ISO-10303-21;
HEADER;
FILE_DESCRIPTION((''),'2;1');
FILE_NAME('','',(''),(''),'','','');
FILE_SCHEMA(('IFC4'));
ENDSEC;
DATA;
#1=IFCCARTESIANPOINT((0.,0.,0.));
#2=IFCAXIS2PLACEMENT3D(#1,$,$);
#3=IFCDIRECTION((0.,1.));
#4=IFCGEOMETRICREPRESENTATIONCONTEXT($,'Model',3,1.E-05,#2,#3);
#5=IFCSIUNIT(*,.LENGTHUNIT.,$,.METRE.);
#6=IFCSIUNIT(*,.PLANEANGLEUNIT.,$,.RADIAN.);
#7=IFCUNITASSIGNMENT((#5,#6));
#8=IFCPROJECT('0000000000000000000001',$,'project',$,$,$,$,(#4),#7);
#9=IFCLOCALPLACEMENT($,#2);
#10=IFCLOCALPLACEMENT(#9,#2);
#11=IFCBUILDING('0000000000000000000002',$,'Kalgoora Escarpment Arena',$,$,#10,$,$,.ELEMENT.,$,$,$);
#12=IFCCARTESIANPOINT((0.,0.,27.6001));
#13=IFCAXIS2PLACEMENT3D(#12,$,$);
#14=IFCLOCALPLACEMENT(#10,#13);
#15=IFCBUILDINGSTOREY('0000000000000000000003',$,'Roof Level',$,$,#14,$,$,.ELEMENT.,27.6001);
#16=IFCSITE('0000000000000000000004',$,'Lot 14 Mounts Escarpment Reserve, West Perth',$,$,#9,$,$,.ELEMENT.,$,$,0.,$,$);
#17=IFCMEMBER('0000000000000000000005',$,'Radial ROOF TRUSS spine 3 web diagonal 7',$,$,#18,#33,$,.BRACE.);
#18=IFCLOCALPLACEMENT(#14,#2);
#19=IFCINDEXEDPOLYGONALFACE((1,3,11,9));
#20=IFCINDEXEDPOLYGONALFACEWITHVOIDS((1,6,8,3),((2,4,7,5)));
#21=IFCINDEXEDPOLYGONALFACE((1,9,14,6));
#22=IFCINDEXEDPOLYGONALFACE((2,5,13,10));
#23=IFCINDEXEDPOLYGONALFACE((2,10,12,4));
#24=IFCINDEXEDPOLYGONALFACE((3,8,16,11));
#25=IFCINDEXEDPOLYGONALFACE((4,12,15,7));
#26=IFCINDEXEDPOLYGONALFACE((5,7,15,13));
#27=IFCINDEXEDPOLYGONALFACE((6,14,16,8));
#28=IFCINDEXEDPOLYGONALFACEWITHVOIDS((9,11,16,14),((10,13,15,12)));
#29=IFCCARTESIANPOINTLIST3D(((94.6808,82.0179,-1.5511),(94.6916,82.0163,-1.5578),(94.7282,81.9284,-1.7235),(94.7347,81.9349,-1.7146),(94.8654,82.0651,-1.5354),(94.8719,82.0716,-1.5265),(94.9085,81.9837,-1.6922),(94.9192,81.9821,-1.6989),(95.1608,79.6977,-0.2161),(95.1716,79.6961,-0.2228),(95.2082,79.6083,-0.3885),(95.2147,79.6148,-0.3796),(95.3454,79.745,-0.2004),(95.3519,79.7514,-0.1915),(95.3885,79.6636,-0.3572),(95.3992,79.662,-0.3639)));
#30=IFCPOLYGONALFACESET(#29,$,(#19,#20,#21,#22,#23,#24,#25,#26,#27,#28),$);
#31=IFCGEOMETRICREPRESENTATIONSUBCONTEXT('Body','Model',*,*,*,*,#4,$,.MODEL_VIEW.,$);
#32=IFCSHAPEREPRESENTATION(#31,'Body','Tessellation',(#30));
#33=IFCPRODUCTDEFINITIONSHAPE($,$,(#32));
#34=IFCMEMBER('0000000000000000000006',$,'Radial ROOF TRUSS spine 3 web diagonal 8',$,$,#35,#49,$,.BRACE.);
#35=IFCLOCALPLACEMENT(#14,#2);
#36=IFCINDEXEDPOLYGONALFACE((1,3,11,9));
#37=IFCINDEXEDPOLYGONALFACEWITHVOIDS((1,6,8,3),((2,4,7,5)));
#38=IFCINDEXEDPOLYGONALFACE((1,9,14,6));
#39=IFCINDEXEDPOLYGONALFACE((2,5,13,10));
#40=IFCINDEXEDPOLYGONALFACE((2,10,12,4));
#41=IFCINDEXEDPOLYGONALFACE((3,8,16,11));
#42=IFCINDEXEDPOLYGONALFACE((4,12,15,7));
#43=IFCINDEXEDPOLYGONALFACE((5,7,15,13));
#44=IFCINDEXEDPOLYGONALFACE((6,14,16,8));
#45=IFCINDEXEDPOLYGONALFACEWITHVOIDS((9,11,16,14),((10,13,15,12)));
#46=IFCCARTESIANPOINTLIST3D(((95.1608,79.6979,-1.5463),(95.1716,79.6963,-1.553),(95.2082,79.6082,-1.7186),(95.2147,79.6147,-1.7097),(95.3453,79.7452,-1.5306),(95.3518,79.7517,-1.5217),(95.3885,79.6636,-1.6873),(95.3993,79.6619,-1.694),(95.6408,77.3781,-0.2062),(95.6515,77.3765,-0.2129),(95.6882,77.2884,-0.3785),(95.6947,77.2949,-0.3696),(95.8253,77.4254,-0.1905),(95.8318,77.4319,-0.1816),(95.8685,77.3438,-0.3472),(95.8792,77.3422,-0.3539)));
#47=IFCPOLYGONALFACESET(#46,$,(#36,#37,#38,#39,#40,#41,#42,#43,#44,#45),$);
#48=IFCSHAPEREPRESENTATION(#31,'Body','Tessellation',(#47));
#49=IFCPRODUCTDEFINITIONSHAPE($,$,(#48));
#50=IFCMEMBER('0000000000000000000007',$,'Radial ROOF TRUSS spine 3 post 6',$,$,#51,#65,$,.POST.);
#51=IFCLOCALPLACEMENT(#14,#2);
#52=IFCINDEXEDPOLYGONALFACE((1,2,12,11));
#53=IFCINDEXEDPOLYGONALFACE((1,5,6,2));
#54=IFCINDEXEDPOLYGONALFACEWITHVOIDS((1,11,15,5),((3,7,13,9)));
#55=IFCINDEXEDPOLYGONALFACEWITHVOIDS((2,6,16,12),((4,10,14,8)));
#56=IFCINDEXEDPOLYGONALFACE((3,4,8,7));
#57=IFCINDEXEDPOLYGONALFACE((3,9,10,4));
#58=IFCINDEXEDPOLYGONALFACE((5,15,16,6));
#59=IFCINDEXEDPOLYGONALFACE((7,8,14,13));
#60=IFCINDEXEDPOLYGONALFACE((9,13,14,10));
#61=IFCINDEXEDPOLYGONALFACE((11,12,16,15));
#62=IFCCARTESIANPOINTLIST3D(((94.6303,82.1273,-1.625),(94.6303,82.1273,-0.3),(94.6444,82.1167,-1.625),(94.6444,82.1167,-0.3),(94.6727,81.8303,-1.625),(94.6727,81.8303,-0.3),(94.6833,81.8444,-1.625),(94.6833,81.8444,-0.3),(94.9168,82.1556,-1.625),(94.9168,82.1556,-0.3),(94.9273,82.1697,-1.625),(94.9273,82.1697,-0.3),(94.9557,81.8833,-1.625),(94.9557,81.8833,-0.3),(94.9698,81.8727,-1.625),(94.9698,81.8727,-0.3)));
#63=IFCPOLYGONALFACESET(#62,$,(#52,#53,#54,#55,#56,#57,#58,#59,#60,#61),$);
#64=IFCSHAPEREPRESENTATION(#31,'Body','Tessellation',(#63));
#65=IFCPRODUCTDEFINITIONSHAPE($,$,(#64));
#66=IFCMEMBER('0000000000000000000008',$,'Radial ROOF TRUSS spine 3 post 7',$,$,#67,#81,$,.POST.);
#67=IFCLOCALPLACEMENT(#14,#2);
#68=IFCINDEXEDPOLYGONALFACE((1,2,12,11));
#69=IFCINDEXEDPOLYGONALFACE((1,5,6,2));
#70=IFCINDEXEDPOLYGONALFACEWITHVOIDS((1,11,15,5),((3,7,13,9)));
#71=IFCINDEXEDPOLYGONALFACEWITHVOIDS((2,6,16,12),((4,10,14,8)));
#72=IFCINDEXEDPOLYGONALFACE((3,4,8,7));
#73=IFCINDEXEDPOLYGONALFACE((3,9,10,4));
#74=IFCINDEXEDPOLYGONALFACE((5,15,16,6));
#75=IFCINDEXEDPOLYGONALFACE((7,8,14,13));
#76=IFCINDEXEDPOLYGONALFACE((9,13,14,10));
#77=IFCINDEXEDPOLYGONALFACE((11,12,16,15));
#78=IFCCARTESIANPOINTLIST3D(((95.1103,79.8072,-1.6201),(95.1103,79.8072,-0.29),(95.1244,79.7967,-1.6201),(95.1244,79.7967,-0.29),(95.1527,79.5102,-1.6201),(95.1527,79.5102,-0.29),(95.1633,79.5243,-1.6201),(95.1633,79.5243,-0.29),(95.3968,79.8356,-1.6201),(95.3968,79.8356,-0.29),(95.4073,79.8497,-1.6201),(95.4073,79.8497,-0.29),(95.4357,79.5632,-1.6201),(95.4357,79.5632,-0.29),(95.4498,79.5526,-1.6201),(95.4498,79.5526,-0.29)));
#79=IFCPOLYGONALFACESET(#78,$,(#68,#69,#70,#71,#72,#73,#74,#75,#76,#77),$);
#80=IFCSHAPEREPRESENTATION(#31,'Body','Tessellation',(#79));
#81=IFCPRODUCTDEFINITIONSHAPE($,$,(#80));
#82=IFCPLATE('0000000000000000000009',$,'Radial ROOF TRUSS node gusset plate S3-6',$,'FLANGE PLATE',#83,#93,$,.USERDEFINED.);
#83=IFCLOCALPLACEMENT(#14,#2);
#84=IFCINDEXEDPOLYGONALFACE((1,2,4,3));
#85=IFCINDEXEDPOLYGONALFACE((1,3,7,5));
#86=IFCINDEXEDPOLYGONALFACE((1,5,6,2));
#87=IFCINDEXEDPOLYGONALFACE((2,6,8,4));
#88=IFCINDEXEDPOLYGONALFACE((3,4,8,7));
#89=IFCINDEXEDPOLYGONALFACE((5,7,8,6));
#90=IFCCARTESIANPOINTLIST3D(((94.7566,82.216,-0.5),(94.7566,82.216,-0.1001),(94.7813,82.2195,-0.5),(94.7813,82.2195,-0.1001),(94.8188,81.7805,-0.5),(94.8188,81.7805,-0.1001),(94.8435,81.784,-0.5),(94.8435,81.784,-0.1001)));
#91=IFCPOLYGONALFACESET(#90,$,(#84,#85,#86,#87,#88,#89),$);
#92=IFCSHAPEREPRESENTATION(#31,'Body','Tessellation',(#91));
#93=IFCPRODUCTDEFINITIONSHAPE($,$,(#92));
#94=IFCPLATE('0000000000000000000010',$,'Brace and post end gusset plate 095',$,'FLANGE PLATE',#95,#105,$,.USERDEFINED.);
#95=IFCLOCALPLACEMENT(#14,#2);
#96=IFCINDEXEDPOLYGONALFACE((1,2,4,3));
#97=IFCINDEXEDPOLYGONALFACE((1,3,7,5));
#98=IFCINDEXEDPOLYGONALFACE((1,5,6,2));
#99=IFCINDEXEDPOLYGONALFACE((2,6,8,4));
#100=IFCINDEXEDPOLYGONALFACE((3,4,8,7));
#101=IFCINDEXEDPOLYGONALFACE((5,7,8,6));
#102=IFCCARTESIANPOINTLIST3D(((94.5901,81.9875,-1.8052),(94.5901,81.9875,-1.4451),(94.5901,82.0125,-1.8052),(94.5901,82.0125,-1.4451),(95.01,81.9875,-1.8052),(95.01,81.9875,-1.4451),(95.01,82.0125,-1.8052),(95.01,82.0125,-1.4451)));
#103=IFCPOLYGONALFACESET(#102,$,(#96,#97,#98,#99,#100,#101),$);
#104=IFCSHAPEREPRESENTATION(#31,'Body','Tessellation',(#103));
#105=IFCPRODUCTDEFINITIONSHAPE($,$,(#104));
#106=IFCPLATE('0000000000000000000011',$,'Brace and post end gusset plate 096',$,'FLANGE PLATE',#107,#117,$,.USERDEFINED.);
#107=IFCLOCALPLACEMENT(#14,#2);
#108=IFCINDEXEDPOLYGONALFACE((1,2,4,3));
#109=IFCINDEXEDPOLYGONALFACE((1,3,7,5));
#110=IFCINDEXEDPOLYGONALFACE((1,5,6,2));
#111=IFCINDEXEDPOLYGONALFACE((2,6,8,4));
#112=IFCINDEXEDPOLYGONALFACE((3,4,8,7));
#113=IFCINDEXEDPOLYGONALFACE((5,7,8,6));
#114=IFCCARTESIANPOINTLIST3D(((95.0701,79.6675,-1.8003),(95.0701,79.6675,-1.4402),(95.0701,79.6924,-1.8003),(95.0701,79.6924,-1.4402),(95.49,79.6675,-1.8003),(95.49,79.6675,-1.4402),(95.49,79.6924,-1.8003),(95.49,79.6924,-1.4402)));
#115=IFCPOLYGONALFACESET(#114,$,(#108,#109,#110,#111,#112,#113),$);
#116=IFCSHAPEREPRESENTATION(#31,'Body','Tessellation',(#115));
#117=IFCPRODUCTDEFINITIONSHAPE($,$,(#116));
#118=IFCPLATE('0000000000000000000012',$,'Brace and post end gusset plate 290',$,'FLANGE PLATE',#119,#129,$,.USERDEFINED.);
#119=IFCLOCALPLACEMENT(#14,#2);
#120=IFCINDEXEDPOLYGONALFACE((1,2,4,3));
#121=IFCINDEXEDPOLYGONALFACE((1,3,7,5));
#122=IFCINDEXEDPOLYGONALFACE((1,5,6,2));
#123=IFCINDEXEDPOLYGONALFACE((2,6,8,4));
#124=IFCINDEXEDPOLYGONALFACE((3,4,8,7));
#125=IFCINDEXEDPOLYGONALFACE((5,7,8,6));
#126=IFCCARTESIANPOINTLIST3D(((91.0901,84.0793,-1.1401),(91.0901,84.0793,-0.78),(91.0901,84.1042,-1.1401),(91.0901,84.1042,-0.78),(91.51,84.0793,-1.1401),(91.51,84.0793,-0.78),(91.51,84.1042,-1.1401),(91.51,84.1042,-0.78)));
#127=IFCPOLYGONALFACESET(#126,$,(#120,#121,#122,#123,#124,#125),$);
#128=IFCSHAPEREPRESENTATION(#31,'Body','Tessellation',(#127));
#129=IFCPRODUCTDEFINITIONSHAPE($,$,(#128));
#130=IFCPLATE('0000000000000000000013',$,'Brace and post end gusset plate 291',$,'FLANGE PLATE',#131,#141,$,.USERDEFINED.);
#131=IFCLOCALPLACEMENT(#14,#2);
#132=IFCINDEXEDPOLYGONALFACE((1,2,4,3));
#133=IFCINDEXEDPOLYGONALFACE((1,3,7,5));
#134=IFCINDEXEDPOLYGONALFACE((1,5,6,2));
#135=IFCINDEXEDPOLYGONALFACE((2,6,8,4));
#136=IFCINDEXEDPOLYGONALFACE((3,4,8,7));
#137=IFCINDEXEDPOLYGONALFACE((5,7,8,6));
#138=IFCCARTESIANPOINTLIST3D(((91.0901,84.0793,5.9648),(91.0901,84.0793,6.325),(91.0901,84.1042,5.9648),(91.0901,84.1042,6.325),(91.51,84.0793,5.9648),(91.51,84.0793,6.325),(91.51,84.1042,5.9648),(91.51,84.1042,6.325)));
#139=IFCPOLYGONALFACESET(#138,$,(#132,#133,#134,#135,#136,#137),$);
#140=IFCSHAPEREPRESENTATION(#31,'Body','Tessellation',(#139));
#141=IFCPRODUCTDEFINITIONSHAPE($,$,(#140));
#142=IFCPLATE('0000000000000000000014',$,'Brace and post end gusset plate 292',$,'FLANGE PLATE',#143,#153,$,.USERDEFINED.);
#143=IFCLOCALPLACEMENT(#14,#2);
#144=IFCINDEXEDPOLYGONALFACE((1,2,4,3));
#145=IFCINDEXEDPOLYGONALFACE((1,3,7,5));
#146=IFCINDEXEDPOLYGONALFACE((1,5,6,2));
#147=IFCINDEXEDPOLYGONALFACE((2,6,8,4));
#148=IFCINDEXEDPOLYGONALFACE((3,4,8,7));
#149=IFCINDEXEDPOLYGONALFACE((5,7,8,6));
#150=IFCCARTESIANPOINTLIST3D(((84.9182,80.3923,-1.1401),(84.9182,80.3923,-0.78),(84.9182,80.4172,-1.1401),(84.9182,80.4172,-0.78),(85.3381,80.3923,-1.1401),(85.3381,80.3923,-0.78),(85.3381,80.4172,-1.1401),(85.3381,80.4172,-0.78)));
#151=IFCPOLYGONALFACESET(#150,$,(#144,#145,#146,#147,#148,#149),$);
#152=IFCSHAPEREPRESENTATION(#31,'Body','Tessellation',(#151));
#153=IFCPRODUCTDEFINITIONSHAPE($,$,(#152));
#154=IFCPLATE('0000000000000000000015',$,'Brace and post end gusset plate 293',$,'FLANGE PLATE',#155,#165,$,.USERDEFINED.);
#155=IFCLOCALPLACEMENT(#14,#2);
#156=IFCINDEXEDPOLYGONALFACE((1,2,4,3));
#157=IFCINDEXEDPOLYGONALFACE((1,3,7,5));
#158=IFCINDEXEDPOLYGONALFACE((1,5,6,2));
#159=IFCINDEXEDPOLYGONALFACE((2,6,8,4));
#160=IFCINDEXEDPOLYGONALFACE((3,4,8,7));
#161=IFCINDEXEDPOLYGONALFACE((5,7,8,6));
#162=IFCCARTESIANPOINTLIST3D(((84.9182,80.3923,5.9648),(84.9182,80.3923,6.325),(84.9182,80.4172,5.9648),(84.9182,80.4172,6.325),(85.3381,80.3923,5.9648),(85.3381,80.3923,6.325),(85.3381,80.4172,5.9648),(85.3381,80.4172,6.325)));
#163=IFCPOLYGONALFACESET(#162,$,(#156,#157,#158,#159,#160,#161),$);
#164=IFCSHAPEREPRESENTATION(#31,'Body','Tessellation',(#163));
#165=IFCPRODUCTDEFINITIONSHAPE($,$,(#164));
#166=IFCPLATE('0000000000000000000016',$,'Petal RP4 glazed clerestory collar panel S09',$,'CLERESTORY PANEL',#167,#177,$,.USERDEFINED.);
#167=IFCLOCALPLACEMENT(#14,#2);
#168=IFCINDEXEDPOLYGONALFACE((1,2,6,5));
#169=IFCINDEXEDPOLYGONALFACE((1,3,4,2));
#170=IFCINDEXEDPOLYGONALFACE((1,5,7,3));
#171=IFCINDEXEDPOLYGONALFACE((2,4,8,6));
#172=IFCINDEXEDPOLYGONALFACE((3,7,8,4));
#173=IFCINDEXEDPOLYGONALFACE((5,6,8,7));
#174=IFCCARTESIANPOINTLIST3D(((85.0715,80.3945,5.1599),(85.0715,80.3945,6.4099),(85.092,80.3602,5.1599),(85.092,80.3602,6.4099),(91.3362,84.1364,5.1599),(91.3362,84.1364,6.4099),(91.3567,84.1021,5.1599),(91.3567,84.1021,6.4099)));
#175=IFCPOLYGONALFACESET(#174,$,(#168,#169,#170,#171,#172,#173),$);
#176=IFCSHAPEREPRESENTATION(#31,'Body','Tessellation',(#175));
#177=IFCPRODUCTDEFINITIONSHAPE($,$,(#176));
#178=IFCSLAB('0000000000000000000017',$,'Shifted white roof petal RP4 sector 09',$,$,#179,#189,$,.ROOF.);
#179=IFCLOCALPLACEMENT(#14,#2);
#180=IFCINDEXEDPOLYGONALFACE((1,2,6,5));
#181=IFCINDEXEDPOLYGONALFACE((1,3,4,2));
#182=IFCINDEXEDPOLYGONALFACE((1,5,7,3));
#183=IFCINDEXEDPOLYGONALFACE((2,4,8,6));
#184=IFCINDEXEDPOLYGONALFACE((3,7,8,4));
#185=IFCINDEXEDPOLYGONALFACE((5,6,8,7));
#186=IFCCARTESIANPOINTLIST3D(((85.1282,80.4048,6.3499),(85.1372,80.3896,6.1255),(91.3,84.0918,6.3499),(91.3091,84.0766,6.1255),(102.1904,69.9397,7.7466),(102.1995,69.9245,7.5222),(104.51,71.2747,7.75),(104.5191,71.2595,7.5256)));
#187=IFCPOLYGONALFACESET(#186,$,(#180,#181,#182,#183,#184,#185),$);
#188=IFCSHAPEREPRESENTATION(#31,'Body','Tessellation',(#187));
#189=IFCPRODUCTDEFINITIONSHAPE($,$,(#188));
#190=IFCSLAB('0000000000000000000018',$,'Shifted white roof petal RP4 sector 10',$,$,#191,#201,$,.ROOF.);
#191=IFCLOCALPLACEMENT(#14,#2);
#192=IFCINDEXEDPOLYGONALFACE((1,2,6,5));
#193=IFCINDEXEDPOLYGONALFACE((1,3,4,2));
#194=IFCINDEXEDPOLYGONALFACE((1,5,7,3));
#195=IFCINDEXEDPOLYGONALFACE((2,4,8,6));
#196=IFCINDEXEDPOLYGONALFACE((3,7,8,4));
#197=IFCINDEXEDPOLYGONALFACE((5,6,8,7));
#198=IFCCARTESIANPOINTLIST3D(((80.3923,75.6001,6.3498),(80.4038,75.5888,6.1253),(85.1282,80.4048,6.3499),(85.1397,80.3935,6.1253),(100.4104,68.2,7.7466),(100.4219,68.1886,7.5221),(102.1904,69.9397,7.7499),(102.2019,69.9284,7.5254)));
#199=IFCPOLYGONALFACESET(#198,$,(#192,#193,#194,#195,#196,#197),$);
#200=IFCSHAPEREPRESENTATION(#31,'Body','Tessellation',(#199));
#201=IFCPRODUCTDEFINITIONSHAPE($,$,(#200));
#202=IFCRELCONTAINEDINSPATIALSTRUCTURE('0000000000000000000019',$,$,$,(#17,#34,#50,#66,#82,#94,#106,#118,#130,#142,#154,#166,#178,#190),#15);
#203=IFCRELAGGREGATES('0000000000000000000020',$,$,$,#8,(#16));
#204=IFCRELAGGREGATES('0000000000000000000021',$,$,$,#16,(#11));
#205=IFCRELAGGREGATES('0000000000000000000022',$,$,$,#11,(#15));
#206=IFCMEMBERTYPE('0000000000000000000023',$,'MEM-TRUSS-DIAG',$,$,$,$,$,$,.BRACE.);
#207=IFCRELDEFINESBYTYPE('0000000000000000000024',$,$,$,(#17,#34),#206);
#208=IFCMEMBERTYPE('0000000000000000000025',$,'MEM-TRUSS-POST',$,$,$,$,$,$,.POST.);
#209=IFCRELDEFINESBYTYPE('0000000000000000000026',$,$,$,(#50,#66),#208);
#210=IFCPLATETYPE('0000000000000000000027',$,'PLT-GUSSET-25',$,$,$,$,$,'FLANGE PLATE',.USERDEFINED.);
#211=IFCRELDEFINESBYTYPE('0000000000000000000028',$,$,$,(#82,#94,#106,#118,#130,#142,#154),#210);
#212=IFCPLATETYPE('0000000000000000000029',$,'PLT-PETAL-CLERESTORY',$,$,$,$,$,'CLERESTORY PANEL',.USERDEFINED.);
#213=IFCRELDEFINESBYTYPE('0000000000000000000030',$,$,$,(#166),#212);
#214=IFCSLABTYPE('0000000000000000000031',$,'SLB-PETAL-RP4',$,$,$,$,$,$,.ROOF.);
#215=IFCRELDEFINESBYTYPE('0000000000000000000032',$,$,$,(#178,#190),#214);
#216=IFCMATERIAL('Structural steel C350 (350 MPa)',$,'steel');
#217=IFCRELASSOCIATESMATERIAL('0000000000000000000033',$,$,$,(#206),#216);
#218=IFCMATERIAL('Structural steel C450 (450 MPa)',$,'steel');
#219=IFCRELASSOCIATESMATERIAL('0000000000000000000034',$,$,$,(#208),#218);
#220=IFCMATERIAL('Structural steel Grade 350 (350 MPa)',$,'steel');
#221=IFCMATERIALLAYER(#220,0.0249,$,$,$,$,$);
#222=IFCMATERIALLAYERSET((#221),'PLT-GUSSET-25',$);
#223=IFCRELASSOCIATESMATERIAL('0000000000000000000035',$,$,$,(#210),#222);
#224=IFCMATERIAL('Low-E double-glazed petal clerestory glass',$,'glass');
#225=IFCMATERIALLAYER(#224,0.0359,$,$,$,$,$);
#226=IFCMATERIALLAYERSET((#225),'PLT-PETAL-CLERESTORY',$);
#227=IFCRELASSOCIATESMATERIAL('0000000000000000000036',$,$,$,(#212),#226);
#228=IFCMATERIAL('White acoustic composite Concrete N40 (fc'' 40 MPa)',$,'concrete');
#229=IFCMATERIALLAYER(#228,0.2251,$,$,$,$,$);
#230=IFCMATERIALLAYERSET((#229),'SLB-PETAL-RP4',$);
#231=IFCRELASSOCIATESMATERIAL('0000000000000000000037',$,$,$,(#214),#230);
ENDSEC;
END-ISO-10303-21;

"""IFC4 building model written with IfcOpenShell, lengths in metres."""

from ifc_helpers import new_model, si_unit, direction, frame, origin, origin_2d, place, context, subcontext, project, spatial, polyline, rectangle, hollow_rectangle, outline, extrude, material, layer, layer_set, material_profile, profile_set, type_object, element, save


model = new_model("IFC4")

# Units and contexts
model_context = context("Model", 3, precision=1e-05, world=origin(), true_north=direction((0.0, 1.0)))
body_context = subcontext(model_context, "Body", "Model", "MODEL_VIEW")
ifc_project = project(units=[si_unit("LENGTHUNIT", "METRE"), si_unit("PLANEANGLEUNIT", "RADIAN")], contexts=[model_context])

# Site, building, storey
site_placement = place(None, origin())
site = spatial("IfcSite", under=ifc_project, at=site_placement, Name="Lot 14 Mounts Escarpment Reserve, West Perth", CompositionType="ELEMENT", RefElevation=0.0)
building_placement = place(site_placement, origin())
building = spatial("IfcBuilding", under=site, at=building_placement, Name="Kalgoora Escarpment Arena", CompositionType="ELEMENT")
storey_placement = place(building_placement, frame((0.0, 0.0, 27.6001)))
storey = spatial("IfcBuildingStorey", under=building, at=storey_placement, Name="Roof Level", CompositionType="ELEMENT", Elevation=27.6001)

# Members
ifc_material_1 = material(Name="Structural steel C350 (350 MPa)", Category="steel")
ifc_material_profile_1 = material_profile(ifc_material_1, hollow_rectangle(XDim=0.2, YDim=0.2, WallThickness=0.009, at=origin_2d()))
ifc_profile_set_1 = profile_set([ifc_material_profile_1], Name="Structural steel C350 (350 MPa)")
member_type_1 = type_object("IfcMemberType", Name="MEM-TRUSS-DIAG", PredefinedType="BRACE", material=ifc_profile_set_1)
member_1_placement = place(storey_placement, frame((94.8, 82.0, -1.625), z_axis=(0.176501, -0.85315, 0.4909), x_axis=(0.23694, -0.447238, -0.86246)))
element("IfcMember", 1, at=member_1_placement, inside=storey, type_object=member_type_1, Name="Radial ROOF TRUSS spine 3 web diagonal 7", PredefinedType="BRACE", context=body_context, shape_type="SweptSolid", body=[
    extrude(hollow_rectangle(XDim=0.2, YDim=0.2, WallThickness=0.009, at=origin_2d()), origin(), (0.0, 0.0, 1.0), 2.7195),
])
member_2_placement = place(storey_placement, frame((95.28, 79.6799, -1.6201), z_axis=(0.176351, -0.852335, 0.492367), x_axis=(0.237243, -0.448655, -0.86164)))
element("IfcMember", 2, at=member_2_placement, inside=storey, type_object=member_type_1, Name="Radial ROOF TRUSS spine 3 web diagonal 8", PredefinedType="BRACE", context=body_context, shape_type="SweptSolid", body=[
    extrude(hollow_rectangle(XDim=0.2, YDim=0.2, WallThickness=0.009, at=origin_2d()), origin(), (0.0, 0.0, 1.0), 2.7217),
])
ifc_material_2 = material(Name="Structural steel C450 (450 MPa)", Category="steel")
ifc_material_profile_2 = material_profile(ifc_material_2, hollow_rectangle(XDim=0.3, YDim=0.3, WallThickness=0.0125, at=origin_2d()))
ifc_profile_set_2 = profile_set([ifc_material_profile_2], Name="Structural steel C450 (450 MPa)")
member_type_2 = type_object("IfcMemberType", Name="MEM-TRUSS-POST", PredefinedType="POST", material=ifc_profile_set_2)
member_3_placement = place(storey_placement, frame((94.8, 82.0, -1.625), z_axis=(0.0, 0.0, 1.0), x_axis=(0.14142, -0.98995, 0.0)))
element("IfcMember", 3, at=member_3_placement, inside=storey, type_object=member_type_2, Name="Radial ROOF TRUSS spine 3 post 6", PredefinedType="POST", context=body_context, shape_type="SweptSolid", body=[
    extrude(hollow_rectangle(XDim=0.3, YDim=0.3, WallThickness=0.0125, at=origin_2d()), origin(), (0.0, 0.0, 1.0), 1.325),
])
member_4_placement = place(storey_placement, frame((95.28, 79.6799, -1.6201), z_axis=(0.0, 0.0, 1.0), x_axis=(0.14142, -0.98995, 0.0)))
element("IfcMember", 4, at=member_4_placement, inside=storey, type_object=member_type_2, Name="Radial ROOF TRUSS spine 3 post 7", PredefinedType="POST", context=body_context, shape_type="SweptSolid", body=[
    extrude(hollow_rectangle(XDim=0.3, YDim=0.3, WallThickness=0.0125, at=origin_2d()), origin(), (0.0, 0.0, 1.0), 1.3301),
])

# Plates
ifc_material_3 = material(Name="Structural steel Grade 350 (350 MPa)", Category="steel")
ifc_layer_1 = layer(ifc_material_3, 0.0249)
ifc_layer_set_1 = layer_set([ifc_layer_1], Name="PLT-GUSSET-25")
plate_type_1 = type_object("IfcPlateType", Name="PLT-GUSSET-25", ElementType="FLANGE PLATE", PredefinedType="USERDEFINED", material=ifc_layer_set_1)
plate_1_placement = place(storey_placement, frame((94.8, 82.0, -0.5), z_axis=(0.0, 0.0, 1.0), x_axis=(0.14142, -0.98995, 0.0)))
element("IfcPlate", 5, at=plate_1_placement, inside=storey, type_object=plate_type_1, Name="Radial ROOF TRUSS node gusset plate S3-6", ObjectType="FLANGE PLATE", PredefinedType="USERDEFINED", context=body_context, shape_type="SweptSolid", body=[
    extrude(rectangle(XDim=0.4399, YDim=0.0249, at=origin_2d()), origin(), (0.0, 0.0, 1.0), 0.3999),
])
for number, where, z_axis, x_axis, name in (
    (6, (94.8, 82.0, -1.8052), (0.0, 0.0, 1.0), (1.0, 0.0, 0.0), "Brace and post end gusset plate 095"),
    (7, (95.28, 79.6799, -1.8003), (0.0, 0.0, 1.0), (1.0, 0.0, 0.0), "Brace and post end gusset plate 096"),
    (8, (91.3, 84.0918, -1.1401), (0.0, 0.0, 1.0), (1.0, 0.0, 0.0), "Brace and post end gusset plate 290"),
    (9, (91.3, 84.0918, 5.9648), (0.0, 0.0, 1.0), (1.0, 0.0, 0.0), "Brace and post end gusset plate 291"),
    (10, (85.1282, 80.4048, -1.1401), (0.0, 0.0, 1.0), (1.0, 0.0, 0.0), "Brace and post end gusset plate 292"),
    (11, (85.1282, 80.4048, 5.9648), (0.0, 0.0, 1.0), (1.0, 0.0, 0.0), "Brace and post end gusset plate 293"),
):
    element("IfcPlate", number, at=place(storey_placement, frame(where, z_axis=z_axis, x_axis=x_axis)), inside=storey, type_object=plate_type_1, Name=name, ObjectType="FLANGE PLATE", PredefinedType="USERDEFINED", context=body_context, shape_type="SweptSolid", body=[
        extrude(rectangle(XDim=0.4199, YDim=0.0249, at=origin_2d()), origin(), (0.0, 0.0, 1.0), 0.3601),
    ])
ifc_material_4 = material(Name="Low-E double-glazed petal clerestory glass", Category="glass")
ifc_layer_2 = layer(ifc_material_4, 0.0359)
ifc_layer_set_2 = layer_set([ifc_layer_2], Name="PLT-PETAL-CLERESTORY")
plate_type_2 = type_object("IfcPlateType", Name="PLT-PETAL-CLERESTORY", ElementType="CLERESTORY PANEL", PredefinedType="USERDEFINED", material=ifc_layer_set_2)
plate_2_placement = place(storey_placement, frame((88.2141, 82.2483, 5.1599), z_axis=(0.0, 0.0, 1.0), x_axis=(-0.858513, -0.512792, 0.0)))
element("IfcPlate", 12, at=plate_2_placement, inside=storey, type_object=plate_type_2, Name="Petal RP4 glazed clerestory collar panel S09", ObjectType="CLERESTORY PANEL", PredefinedType="USERDEFINED", context=body_context, shape_type="SweptSolid", body=[
    extrude(rectangle(XDim=7.2971, YDim=0.04, at=origin_2d()), origin(), (0.0, 0.0, 1.0), 1.25),
])

# Slabs
ifc_material_5 = material(Name="White acoustic composite Concrete N40 (fc' 40 MPa)", Category="concrete")
ifc_layer_3 = layer(ifc_material_5, 0.2251)
ifc_layer_set_3 = layer_set([ifc_layer_3], Name="SLB-PETAL-RP4")
slab_type = type_object("IfcSlabType", Name="SLB-PETAL-RP4", PredefinedType="ROOF", material=ifc_layer_set_3)
slab_1_placement = place(storey_placement, frame((91.3, 84.0918, 6.3499), z_axis=(-0.040265, 0.067404, 0.996913), x_axis=(-0.85848, -0.512847, 0.000001)))
element("IfcSlab", 13, at=slab_1_placement, inside=storey, type_object=slab_type, Name="Shifted white roof petal RP4 sector 09", PredefinedType="ROOF", context=body_context, shape_type="SweptSolid", body=[
    extrude(outline(polyline([(0.0, 0.0), (7.1893, 0.0), (-2.0913, 17.7893), (-4.7673, 17.833), (0.0, 0.0)])), origin(), (0.0, 0.0, -1.0), 0.2251),
])
slab_2_placement = place(storey_placement, frame((85.1282, 80.4048, 6.3499), z_axis=(-0.051014, 0.05027, 0.997432), x_axis=(-0.701985, -0.712191, -0.000009)))
element("IfcSlab", 14, at=slab_2_placement, inside=storey, type_object=slab_type, Name="Shifted white roof petal RP4 sector 10", PredefinedType="ROOF", context=body_context, shape_type="SweptSolid", body=[
    extrude(outline(polyline([(0.0, 0.0), (6.7463, 0.0), (-2.0357, 19.5016), (-4.5243, 19.5481), (0.0, 0.0)])), origin(), (0.0, 0.0, -1.0), 0.2251),
])

save(model, "model.ifc")
